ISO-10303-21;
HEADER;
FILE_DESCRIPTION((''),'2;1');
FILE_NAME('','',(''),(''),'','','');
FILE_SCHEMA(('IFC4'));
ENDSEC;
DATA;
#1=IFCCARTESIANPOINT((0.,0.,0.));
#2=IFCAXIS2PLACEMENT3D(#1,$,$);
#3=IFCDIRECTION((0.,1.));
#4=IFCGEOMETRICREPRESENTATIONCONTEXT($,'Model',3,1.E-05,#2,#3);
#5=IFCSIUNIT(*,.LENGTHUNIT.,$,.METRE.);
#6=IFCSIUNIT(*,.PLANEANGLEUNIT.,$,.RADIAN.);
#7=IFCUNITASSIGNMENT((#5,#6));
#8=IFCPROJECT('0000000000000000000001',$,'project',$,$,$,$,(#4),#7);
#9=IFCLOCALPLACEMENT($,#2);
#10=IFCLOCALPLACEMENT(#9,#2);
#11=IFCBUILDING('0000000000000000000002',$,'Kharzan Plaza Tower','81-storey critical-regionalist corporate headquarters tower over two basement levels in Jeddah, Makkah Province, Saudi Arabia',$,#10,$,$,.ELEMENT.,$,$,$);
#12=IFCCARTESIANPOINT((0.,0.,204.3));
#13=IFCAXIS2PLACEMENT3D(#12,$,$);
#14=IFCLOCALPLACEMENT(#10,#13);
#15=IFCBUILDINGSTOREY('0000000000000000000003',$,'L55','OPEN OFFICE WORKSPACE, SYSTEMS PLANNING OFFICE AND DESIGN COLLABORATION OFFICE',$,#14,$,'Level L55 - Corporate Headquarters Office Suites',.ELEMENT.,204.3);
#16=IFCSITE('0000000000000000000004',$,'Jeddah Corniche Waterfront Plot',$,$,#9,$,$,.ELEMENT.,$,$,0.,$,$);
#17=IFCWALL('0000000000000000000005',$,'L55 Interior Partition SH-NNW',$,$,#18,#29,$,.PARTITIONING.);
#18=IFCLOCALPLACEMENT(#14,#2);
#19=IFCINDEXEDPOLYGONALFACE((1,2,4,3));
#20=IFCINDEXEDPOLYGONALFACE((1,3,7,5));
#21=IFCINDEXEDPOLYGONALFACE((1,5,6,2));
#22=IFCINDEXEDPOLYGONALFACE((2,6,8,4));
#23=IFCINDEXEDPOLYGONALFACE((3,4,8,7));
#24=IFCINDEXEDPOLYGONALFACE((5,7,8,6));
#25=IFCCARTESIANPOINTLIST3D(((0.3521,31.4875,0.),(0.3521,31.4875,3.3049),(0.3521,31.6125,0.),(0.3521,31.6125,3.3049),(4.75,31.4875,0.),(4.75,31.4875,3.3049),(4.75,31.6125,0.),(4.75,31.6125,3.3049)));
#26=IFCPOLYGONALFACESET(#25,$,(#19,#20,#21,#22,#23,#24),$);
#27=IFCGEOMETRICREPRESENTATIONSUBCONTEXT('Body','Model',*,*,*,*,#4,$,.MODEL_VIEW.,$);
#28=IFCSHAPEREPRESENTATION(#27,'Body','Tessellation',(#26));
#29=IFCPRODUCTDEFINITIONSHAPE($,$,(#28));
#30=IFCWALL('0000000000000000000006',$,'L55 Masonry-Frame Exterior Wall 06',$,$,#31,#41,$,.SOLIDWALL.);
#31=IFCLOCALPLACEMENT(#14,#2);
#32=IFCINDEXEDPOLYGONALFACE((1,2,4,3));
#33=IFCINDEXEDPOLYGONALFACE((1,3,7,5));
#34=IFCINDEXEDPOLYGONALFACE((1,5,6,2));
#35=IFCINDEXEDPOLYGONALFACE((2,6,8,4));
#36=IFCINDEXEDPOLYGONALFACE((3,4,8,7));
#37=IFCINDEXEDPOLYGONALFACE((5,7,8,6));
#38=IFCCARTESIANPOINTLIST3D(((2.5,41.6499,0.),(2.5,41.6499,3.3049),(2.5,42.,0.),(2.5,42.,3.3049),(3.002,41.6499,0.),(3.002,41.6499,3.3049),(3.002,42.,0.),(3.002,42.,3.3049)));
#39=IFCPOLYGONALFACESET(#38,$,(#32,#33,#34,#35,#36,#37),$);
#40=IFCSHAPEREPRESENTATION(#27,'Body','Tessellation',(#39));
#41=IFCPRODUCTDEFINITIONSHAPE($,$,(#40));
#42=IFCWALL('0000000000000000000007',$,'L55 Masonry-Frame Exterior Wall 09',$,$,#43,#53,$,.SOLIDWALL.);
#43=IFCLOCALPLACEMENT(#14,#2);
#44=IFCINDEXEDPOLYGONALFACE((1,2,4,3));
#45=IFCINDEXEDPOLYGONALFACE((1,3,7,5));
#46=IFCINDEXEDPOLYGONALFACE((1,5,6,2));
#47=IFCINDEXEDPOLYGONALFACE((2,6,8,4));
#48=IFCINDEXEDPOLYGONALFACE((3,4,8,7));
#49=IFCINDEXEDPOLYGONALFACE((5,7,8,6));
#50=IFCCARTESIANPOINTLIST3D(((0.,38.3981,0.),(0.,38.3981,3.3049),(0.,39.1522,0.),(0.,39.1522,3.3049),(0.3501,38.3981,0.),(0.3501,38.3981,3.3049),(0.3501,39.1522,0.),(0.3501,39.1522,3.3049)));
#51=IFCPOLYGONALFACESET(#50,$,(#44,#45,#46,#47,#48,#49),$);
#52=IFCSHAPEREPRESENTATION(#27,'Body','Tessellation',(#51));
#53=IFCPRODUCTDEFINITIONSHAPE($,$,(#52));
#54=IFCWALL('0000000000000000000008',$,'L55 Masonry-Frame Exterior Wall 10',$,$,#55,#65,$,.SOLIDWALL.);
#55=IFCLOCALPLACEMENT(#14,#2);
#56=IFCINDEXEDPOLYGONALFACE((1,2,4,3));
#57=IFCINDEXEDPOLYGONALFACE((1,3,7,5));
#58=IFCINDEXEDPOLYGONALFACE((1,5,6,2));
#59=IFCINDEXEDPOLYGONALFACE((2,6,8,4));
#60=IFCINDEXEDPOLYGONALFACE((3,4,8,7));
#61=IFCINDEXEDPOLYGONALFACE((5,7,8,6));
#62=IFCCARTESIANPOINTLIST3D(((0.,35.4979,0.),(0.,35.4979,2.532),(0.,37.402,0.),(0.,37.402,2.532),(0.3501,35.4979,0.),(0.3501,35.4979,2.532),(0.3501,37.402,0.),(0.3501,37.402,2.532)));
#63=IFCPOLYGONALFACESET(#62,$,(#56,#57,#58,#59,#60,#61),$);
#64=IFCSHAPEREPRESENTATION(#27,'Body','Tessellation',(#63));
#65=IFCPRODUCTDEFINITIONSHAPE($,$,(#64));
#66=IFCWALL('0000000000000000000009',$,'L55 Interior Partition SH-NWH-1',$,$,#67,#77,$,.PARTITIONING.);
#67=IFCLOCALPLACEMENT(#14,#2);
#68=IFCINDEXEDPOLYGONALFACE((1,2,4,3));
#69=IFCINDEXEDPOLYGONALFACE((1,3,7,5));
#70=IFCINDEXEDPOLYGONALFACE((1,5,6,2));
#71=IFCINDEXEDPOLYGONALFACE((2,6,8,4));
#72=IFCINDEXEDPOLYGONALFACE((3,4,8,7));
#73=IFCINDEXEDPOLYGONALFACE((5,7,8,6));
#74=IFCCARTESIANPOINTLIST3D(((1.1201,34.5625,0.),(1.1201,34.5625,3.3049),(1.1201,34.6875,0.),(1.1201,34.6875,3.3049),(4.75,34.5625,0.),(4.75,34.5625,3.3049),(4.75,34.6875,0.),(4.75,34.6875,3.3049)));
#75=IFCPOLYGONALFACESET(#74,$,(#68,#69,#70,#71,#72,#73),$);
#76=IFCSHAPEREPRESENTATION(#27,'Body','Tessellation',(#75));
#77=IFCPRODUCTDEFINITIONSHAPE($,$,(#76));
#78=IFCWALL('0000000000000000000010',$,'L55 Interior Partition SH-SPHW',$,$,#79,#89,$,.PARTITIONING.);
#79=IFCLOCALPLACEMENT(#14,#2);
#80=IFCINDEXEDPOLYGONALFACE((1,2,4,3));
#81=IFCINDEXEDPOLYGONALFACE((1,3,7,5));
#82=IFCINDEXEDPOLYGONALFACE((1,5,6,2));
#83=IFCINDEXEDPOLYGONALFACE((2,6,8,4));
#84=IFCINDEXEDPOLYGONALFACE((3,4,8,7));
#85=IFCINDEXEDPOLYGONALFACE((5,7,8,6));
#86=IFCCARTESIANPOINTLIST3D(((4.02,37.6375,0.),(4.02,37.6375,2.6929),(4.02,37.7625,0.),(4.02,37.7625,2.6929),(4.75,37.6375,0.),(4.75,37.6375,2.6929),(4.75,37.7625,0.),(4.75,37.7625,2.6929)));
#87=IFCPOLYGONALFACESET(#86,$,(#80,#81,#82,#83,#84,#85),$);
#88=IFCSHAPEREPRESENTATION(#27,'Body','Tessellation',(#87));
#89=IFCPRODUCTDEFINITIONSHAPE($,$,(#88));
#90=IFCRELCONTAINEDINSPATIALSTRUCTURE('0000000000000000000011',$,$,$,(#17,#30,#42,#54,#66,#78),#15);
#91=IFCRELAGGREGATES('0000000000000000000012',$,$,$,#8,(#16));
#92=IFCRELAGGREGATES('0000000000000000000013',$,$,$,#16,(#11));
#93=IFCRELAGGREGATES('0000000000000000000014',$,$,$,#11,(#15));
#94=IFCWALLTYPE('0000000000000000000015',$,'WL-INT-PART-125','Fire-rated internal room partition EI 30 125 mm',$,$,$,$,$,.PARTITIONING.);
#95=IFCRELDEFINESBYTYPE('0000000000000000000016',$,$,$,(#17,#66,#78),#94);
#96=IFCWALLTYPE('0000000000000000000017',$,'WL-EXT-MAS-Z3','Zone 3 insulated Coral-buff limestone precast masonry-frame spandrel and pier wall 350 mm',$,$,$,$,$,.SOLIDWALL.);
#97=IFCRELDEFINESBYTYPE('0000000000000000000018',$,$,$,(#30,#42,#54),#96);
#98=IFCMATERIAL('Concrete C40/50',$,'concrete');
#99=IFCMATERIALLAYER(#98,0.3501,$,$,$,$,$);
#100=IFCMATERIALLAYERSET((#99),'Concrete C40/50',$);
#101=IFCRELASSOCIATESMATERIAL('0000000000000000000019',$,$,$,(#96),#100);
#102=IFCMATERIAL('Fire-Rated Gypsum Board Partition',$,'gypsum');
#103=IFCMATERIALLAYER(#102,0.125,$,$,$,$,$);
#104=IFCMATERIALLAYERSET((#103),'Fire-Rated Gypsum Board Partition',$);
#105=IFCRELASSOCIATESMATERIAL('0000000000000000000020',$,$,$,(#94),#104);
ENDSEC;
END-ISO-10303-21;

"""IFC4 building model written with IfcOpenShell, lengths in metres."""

from ifc_helpers import new_model, si_unit, direction, frame, frame_2d, origin, place, context, subcontext, project, spatial, rectangle, extrude, source, transform, mapped, material, layer, layer_set, type_object, element, save


model = new_model("IFC4")

# Units and contexts
model_context = context("Model", 3, precision=1e-05, world=origin(), true_north=direction((0.0, 1.0)))
body_context = subcontext(model_context, "Body", "Model", "MODEL_VIEW")
ifc_project = project(units=[si_unit("LENGTHUNIT", "METRE"), si_unit("PLANEANGLEUNIT", "RADIAN")], contexts=[model_context])

# Site, building, storey
site_placement = place(None, origin())
site = spatial("IfcSite", under=ifc_project, at=site_placement, Name="Jeddah Corniche Waterfront Plot", CompositionType="ELEMENT", RefElevation=0.0)
building_placement = place(site_placement, origin())
building = spatial("IfcBuilding", under=site, at=building_placement, Name="Kharzan Plaza Tower", Description="81-storey critical-regionalist corporate headquarters tower over two basement levels in Jeddah, Makkah Province, Saudi Arabia", CompositionType="ELEMENT")
storey_placement = place(building_placement, frame((0.0, 0.0, 204.3)))
storey = spatial("IfcBuildingStorey", under=building, at=storey_placement, Name="L55", Description="OPEN OFFICE WORKSPACE, SYSTEMS PLANNING OFFICE AND DESIGN COLLABORATION OFFICE", LongName="Level L55 - Corporate Headquarters Office Suites", CompositionType="ELEMENT", Elevation=204.3)

# Shared definitions
ifc_material_1 = material(Name="Concrete C40/50", Category="concrete")
ifc_layer_1 = layer(ifc_material_1, 0.3501)
ifc_layer_set_1 = layer_set([ifc_layer_1], Name="Concrete C40/50")
wall_type_1 = type_object("IfcWallType", Name="WL-EXT-MAS-Z3", Description="Zone 3 insulated Coral-buff limestone precast masonry-frame spandrel and pier wall 350 mm", PredefinedType="SOLIDWALL", material=ifc_layer_set_1)

# Walls
ifc_material_2 = material(Name="Fire-Rated Gypsum Board Partition", Category="gypsum")
ifc_layer_2 = layer(ifc_material_2, 0.125)
ifc_layer_set_2 = layer_set([ifc_layer_2], Name="Fire-Rated Gypsum Board Partition")
wall_type_2 = type_object("IfcWallType", Name="WL-INT-PART-125", Description="Fire-rated internal room partition EI 30 125 mm", PredefinedType="PARTITIONING", material=ifc_layer_set_2)
shared_shape_1 = source(origin(), body_context, "Body", "SweptSolid", [
    extrude(rectangle(XDim=4.3979, YDim=0.125, at=frame_2d((2.199, 0.0))), origin(), (0.0, 0.0, 1.0), 3.3049),
])
wall_1_placement = place(storey_placement, frame((0.3521, 31.55, 0.0), z_axis=(0.0, 0.0, 1.0), x_axis=(1.0, 0.0, 0.0)))
element("IfcWall", 1, at=wall_1_placement, inside=storey, type_object=wall_type_2, Name="L55 Interior Partition SH-NNW", PredefinedType="PARTITIONING", context=body_context, shape_type="MappedRepresentation", body=[
    mapped(shared_shape_1, transform((0.0, 0.0, 0.0), x_axis=(1.0, 0.0, 0.0), y_axis=(0.0, 1.0, 0.0), z_axis=(0.0, 0.0, 1.0))),
])
shared_shape_2 = source(origin(), body_context, "Body", "SweptSolid", [
    extrude(rectangle(XDim=0.502, YDim=0.3501, at=frame_2d((0.251, 0.0))), origin(), (0.0, 0.0, 1.0), 3.3049),
])
wall_2_placement = place(storey_placement, frame((3.002, 41.825, 0.0), z_axis=(0.0, 0.0, 1.0), x_axis=(-1.0, 0.0, 0.0)))
element("IfcWall", 2, at=wall_2_placement, inside=storey, type_object=wall_type_1, Name="L55 Masonry-Frame Exterior Wall 06", PredefinedType="SOLIDWALL", context=body_context, shape_type="MappedRepresentation", body=[
    mapped(shared_shape_2, transform((0.0, 0.0, 0.0), x_axis=(1.0, 0.0, 0.0), y_axis=(0.0, 1.0, 0.0), z_axis=(0.0, 0.0, 1.0))),
])
shared_shape_3 = source(origin(), body_context, "Body", "SweptSolid", [
    extrude(rectangle(XDim=0.7542, YDim=0.3501, at=frame_2d((0.377, 0.0))), origin(), (0.0, 0.0, 1.0), 3.3049),
])
wall_3_placement = place(storey_placement, frame((0.175, 39.1521, 0.0), z_axis=(0.0, 0.0, 1.0), x_axis=(0.0, -1.0, 0.0)))
element("IfcWall", 3, at=wall_3_placement, inside=storey, type_object=wall_type_1, Name="L55 Masonry-Frame Exterior Wall 09", PredefinedType="SOLIDWALL", context=body_context, shape_type="MappedRepresentation", body=[
    mapped(shared_shape_3, transform((0.0, 0.0, 0.0), x_axis=(1.0, 0.0, 0.0), y_axis=(0.0, 1.0, 0.0), z_axis=(0.0, 0.0, 1.0))),
])
shared_shape_4 = source(origin(), body_context, "Body", "SweptSolid", [
    extrude(rectangle(XDim=1.9041, YDim=0.3501, at=frame_2d((0.9521, 0.0))), origin(), (0.0, 0.0, 1.0), 2.532),
])
wall_4_placement = place(storey_placement, frame((0.175, 37.4021, 0.0), z_axis=(0.0, 0.0, 1.0), x_axis=(0.0, -1.0, 0.0)))
element("IfcWall", 4, at=wall_4_placement, inside=storey, type_object=wall_type_1, Name="L55 Masonry-Frame Exterior Wall 10", PredefinedType="SOLIDWALL", context=body_context, shape_type="MappedRepresentation", body=[
    mapped(shared_shape_4, transform((0.0, 0.0, 0.0), x_axis=(1.0, 0.0, 0.0), y_axis=(0.0, 1.0, 0.0), z_axis=(0.0, 0.0, 1.0))),
])
shared_shape_5 = source(origin(), body_context, "Body", "SweptSolid", [
    extrude(rectangle(XDim=3.6299, YDim=0.125, at=frame_2d((1.8149, 0.0))), origin(), (0.0, 0.0, 1.0), 3.3049),
])
wall_5_placement = place(storey_placement, frame((1.1201, 34.625, 0.0), z_axis=(0.0, 0.0, 1.0), x_axis=(1.0, 0.0, 0.0)))
element("IfcWall", 5, at=wall_5_placement, inside=storey, type_object=wall_type_2, Name="L55 Interior Partition SH-NWH-1", PredefinedType="PARTITIONING", context=body_context, shape_type="MappedRepresentation", body=[
    mapped(shared_shape_5, transform((0.0, 0.0, 0.0), x_axis=(1.0, 0.0, 0.0), y_axis=(0.0, 1.0, 0.0), z_axis=(0.0, 0.0, 1.0))),
])
shared_shape_6 = source(origin(), body_context, "Body", "SweptSolid", [
    extrude(rectangle(XDim=0.73, YDim=0.125, at=frame_2d((0.365, 0.0))), origin(), (0.0, 0.0, 1.0), 2.6929),
])
wall_6_placement = place(storey_placement, frame((4.02, 37.7, 0.0), z_axis=(0.0, 0.0, 1.0), x_axis=(1.0, 0.0, 0.0)))
element("IfcWall", 6, at=wall_6_placement, inside=storey, type_object=wall_type_2, Name="L55 Interior Partition SH-SPHW", PredefinedType="PARTITIONING", context=body_context, shape_type="MappedRepresentation", body=[
    mapped(shared_shape_6, transform((0.0, 0.0, 0.0), x_axis=(1.0, 0.0, 0.0), y_axis=(0.0, 1.0, 0.0), z_axis=(0.0, 0.0, 1.0))),
])

save(model, "model.ifc")
